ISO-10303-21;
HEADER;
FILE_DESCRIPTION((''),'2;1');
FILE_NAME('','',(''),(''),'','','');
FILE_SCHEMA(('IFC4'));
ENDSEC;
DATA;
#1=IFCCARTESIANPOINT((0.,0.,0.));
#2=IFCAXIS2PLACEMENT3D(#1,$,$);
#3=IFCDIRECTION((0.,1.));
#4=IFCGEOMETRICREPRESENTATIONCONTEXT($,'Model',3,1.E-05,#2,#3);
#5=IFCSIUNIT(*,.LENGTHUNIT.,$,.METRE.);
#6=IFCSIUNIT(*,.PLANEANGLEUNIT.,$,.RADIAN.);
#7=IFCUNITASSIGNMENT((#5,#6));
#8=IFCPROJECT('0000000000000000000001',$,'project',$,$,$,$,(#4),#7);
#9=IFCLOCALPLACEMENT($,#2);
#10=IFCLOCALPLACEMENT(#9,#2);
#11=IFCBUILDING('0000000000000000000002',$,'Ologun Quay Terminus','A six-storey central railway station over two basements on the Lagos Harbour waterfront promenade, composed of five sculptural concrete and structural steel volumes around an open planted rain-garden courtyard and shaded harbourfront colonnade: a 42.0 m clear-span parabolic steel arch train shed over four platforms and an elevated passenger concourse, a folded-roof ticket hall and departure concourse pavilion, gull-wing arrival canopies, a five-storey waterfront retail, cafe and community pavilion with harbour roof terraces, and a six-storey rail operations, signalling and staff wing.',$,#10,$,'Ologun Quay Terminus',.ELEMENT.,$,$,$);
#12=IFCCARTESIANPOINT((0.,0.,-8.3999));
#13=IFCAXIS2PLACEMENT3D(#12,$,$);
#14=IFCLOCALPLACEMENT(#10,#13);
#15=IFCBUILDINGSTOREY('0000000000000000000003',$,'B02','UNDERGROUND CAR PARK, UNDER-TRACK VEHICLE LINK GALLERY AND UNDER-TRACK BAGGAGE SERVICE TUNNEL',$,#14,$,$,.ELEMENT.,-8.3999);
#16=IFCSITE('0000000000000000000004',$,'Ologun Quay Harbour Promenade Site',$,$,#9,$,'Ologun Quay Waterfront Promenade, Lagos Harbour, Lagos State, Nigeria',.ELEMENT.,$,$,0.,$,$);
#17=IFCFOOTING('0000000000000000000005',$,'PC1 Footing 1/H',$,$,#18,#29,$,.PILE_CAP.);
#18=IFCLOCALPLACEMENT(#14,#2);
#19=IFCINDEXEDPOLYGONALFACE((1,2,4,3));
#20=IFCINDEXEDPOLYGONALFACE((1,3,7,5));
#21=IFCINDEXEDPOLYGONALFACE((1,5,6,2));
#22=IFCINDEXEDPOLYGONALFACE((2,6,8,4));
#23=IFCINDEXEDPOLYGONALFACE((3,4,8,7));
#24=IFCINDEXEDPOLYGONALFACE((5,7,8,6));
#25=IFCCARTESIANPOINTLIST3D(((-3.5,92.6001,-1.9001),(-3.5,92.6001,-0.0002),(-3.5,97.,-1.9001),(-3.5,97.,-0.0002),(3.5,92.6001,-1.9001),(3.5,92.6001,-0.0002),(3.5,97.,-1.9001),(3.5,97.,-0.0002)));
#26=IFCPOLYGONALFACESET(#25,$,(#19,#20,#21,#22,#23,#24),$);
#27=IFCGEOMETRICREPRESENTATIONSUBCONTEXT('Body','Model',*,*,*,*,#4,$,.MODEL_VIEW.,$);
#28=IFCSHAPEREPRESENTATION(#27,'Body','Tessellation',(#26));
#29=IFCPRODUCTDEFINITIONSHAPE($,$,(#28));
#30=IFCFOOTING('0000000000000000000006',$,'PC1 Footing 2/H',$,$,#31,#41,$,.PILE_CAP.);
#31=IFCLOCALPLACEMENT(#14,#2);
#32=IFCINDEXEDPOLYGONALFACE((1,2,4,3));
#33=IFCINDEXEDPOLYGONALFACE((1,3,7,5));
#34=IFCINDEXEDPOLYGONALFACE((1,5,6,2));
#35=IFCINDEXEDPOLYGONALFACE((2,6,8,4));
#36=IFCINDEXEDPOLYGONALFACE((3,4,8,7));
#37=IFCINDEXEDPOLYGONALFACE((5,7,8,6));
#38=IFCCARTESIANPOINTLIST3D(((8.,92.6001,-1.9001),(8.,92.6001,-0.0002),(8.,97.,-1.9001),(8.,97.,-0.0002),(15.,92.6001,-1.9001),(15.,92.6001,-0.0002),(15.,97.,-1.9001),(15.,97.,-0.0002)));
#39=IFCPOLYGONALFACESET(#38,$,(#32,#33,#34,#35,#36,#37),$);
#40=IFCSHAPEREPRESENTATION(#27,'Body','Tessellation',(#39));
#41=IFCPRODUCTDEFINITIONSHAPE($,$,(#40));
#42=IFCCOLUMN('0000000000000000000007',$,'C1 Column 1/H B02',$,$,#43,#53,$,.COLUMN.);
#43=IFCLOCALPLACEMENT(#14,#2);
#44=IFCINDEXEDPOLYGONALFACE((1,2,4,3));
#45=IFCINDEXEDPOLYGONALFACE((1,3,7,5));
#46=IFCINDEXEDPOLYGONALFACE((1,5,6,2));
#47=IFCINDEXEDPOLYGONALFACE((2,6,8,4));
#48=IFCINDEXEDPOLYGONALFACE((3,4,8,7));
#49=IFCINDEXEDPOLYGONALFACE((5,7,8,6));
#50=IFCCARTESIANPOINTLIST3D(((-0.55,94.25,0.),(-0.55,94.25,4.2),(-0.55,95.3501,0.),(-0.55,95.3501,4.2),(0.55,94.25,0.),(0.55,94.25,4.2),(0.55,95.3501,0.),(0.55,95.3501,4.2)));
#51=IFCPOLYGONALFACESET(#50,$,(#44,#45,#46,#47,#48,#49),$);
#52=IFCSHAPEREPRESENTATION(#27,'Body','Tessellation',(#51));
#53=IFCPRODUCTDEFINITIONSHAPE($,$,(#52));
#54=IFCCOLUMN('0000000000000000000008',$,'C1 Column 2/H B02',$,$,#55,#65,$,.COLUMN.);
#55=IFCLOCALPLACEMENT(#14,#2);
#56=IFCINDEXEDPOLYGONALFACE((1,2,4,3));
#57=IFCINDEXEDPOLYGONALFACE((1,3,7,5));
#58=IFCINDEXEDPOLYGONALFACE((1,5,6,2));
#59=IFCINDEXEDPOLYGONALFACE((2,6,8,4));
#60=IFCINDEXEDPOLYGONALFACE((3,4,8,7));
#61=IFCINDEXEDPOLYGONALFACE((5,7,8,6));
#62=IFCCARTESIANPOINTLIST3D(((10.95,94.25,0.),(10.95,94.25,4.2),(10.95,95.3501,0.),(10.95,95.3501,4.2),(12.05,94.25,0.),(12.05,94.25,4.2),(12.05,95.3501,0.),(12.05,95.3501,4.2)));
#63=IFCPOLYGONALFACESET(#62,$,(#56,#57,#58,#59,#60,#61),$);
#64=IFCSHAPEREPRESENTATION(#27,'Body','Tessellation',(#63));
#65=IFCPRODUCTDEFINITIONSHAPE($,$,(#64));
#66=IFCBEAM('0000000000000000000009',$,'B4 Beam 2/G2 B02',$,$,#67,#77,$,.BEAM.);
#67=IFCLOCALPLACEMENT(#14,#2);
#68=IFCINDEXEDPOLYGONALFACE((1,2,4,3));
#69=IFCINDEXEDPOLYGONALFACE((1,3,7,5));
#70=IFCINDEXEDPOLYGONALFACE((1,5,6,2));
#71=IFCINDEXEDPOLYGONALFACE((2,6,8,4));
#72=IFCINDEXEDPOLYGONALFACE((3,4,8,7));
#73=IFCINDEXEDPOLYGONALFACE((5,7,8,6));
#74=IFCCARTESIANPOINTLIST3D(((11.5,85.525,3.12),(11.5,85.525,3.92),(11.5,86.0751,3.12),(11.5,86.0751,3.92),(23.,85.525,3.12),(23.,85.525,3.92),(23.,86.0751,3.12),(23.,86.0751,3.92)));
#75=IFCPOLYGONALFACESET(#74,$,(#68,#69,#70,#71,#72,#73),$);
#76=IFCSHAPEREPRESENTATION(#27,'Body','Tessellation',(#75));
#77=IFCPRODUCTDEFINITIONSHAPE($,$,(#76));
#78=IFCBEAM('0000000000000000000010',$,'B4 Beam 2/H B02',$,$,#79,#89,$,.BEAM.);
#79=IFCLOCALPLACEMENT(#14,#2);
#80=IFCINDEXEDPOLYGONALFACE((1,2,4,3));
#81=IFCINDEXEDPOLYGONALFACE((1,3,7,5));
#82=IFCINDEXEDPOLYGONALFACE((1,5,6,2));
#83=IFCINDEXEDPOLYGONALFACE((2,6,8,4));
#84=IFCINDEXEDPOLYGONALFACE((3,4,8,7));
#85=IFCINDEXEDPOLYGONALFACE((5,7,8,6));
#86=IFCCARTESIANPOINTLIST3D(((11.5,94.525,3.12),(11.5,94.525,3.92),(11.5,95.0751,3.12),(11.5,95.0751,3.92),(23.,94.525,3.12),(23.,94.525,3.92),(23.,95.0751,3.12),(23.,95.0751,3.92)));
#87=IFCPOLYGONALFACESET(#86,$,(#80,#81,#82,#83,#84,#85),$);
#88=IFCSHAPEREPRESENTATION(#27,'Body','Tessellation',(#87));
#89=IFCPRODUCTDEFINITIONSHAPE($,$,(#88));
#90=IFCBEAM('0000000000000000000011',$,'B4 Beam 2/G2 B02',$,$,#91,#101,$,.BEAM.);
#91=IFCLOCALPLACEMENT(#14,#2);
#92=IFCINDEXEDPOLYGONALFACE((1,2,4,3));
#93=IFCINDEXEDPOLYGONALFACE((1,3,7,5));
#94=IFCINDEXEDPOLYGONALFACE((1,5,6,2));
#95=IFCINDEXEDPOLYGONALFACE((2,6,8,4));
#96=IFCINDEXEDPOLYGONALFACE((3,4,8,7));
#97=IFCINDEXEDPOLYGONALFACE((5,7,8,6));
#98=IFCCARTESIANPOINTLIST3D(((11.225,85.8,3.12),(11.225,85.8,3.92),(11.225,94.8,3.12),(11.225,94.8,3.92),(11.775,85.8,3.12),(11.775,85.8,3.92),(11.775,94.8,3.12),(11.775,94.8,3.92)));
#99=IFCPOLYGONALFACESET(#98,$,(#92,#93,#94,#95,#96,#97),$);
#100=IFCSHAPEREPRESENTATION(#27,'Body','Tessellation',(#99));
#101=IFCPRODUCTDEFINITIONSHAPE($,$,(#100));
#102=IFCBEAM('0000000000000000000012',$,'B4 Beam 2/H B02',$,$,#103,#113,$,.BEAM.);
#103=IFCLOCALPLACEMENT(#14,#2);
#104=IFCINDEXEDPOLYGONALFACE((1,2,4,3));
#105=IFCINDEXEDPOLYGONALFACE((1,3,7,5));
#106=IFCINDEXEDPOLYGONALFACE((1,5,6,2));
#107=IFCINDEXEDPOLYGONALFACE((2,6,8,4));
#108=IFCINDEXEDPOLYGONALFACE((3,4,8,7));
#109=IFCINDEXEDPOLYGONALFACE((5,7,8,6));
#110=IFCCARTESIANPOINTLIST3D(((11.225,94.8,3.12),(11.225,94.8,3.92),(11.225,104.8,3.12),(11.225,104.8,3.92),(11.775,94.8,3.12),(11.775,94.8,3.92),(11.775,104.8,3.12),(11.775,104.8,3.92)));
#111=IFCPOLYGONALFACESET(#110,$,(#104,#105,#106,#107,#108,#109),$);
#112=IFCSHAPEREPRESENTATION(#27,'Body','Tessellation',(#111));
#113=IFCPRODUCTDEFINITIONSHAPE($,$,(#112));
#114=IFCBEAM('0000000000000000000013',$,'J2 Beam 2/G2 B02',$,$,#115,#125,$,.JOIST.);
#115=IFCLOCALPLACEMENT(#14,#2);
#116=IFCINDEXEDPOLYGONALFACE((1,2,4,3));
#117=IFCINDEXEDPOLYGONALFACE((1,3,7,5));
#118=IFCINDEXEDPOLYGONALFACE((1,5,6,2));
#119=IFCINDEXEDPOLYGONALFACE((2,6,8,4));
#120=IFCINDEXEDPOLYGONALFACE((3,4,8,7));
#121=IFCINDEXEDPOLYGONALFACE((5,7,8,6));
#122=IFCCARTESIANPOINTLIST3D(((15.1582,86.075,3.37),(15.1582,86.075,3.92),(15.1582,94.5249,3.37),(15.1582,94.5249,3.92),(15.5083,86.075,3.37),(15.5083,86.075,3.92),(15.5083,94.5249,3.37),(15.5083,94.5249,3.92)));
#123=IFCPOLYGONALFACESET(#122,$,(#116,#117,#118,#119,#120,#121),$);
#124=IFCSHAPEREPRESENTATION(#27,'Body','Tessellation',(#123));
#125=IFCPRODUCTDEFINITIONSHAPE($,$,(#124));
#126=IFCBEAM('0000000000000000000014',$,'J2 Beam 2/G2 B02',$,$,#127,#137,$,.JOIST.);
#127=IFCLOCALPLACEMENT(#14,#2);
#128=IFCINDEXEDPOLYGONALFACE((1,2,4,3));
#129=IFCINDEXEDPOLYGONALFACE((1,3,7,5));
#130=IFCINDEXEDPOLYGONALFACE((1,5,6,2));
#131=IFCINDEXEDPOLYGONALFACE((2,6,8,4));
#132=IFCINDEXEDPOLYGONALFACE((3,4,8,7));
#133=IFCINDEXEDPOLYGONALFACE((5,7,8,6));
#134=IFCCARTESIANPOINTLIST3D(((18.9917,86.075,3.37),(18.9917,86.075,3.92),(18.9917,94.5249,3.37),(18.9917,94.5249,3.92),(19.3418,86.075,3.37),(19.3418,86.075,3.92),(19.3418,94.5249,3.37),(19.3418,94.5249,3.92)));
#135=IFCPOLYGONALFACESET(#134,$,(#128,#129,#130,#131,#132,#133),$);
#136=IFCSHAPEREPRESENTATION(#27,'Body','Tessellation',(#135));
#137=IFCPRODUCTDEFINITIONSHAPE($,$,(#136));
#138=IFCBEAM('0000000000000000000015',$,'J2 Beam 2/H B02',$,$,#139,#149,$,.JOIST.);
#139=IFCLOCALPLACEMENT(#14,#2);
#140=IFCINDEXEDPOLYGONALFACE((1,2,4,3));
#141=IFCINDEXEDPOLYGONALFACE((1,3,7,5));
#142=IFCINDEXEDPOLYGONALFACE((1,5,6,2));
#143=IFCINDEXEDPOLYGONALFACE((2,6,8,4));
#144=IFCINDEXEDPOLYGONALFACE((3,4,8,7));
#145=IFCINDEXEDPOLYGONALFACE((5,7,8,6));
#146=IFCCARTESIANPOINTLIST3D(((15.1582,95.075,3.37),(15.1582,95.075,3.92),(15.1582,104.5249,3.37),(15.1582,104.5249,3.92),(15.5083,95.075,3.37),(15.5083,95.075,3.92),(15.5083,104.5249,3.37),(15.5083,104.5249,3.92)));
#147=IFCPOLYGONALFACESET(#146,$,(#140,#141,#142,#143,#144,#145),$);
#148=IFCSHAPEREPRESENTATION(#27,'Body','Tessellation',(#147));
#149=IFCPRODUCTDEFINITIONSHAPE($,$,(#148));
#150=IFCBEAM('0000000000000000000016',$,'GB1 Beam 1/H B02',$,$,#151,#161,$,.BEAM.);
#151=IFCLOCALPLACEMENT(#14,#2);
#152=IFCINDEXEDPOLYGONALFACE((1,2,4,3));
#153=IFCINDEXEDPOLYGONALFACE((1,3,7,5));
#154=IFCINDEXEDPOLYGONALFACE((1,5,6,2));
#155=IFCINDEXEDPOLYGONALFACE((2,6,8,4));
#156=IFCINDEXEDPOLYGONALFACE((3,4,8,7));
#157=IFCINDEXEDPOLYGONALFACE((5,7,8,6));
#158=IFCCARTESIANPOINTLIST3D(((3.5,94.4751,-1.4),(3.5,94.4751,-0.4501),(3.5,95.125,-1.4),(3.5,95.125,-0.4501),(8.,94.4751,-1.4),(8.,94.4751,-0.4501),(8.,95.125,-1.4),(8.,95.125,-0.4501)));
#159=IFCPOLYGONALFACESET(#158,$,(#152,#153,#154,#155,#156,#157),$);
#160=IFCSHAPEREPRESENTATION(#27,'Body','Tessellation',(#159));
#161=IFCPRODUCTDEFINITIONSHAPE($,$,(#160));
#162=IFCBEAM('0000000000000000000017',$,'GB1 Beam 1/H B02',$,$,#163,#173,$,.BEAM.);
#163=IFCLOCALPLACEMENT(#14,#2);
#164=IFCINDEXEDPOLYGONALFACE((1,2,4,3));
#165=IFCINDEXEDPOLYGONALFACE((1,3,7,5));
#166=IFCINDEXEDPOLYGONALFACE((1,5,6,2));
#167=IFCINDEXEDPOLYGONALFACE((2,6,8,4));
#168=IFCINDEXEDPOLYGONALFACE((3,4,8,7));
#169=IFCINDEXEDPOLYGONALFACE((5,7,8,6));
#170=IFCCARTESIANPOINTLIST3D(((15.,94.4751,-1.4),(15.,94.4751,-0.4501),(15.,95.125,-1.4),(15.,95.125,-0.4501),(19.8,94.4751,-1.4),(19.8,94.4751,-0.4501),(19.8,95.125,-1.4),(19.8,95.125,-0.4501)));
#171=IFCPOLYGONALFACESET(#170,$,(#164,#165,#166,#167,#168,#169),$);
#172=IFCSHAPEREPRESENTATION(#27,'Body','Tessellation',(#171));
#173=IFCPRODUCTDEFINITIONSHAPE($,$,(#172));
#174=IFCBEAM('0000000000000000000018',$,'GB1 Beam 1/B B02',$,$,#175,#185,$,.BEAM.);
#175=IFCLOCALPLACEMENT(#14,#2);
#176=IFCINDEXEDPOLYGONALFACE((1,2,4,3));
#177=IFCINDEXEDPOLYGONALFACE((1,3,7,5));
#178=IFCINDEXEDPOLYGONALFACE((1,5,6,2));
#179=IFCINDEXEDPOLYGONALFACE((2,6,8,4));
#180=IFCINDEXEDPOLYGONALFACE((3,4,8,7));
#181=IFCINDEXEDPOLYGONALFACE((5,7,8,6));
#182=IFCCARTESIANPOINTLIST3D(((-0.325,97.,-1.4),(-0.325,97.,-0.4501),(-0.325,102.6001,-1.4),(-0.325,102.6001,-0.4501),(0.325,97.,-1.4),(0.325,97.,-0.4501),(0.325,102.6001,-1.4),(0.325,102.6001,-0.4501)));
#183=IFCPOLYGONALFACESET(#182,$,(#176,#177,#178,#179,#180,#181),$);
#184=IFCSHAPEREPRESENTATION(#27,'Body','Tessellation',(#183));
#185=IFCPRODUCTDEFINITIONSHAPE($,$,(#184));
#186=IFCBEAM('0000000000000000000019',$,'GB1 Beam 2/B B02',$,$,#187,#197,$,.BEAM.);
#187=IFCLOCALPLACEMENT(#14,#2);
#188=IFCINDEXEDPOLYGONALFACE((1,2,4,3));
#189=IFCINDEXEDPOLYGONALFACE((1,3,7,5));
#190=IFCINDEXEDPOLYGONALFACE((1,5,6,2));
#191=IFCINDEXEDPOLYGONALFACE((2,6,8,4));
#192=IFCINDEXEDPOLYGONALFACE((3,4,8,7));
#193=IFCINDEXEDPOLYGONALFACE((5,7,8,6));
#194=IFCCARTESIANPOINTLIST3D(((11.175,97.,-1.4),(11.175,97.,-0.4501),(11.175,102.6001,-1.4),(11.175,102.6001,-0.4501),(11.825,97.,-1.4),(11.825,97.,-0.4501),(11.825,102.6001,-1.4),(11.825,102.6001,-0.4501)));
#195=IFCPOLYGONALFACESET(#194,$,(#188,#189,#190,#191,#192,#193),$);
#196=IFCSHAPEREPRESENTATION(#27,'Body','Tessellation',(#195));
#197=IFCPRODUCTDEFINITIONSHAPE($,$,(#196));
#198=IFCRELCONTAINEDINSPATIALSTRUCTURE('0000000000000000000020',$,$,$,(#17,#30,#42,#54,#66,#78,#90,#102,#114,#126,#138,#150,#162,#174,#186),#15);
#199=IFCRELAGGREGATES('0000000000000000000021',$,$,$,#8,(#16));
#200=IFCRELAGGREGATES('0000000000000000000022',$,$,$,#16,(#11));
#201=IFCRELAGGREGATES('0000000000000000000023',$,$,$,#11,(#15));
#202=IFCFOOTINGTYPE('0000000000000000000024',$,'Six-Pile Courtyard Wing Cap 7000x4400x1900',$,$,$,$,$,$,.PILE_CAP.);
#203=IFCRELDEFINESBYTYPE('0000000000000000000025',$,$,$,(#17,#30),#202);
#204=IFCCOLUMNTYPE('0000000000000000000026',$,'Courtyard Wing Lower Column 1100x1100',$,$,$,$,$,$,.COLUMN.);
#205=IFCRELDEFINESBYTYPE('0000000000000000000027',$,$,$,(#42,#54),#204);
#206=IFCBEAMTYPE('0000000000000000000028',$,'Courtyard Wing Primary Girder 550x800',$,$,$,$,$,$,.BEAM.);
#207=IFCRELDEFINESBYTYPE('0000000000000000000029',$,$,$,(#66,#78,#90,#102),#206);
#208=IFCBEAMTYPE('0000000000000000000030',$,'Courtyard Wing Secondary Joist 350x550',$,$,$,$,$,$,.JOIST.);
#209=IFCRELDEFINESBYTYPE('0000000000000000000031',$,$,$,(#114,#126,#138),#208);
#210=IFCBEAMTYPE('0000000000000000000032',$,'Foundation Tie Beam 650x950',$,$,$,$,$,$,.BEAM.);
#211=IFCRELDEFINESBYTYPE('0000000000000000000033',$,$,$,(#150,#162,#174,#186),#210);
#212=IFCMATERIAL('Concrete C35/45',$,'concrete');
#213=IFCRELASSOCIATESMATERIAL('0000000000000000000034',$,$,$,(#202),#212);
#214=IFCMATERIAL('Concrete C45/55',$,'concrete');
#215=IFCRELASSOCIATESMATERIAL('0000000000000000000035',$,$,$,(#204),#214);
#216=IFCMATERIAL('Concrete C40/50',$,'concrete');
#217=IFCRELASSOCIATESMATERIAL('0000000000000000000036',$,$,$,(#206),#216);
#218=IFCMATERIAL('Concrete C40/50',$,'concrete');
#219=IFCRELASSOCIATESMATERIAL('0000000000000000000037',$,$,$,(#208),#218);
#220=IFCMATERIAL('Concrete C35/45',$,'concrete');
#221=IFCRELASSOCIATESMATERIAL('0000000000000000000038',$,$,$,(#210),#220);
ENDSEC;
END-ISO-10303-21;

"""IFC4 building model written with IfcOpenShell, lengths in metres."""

from ifc_helpers import new_model, si_unit, direction, frame, origin, origin_2d, place, context, subcontext, project, spatial, rectangle, extrude, material, material_profile, profile_set, type_object, element, save


model = new_model("IFC4")

# Units and contexts
model_context = context("Model", 3, precision=1e-05, world=origin(), true_north=direction((0.0, 1.0)))
body_context = subcontext(model_context, "Body", "Model", "MODEL_VIEW")
ifc_project = project(units=[si_unit("LENGTHUNIT", "METRE"), si_unit("PLANEANGLEUNIT", "RADIAN")], contexts=[model_context])

# Site, building, storey
site_placement = place(None, origin())
site = spatial("IfcSite", under=ifc_project, at=site_placement, Name="Ologun Quay Harbour Promenade Site", LongName="Ologun Quay Waterfront Promenade, Lagos Harbour, Lagos State, Nigeria", CompositionType="ELEMENT", RefElevation=0.0)
building_placement = place(site_placement, origin())
building = spatial("IfcBuilding", under=site, at=building_placement, Name="Ologun Quay Terminus", Description="A six-storey central railway station over two basements on the Lagos Harbour waterfront promenade, composed of five sculptural concrete and structural steel volumes around an open planted rain-garden courtyard and shaded harbourfront colonnade: a 42.0 m clear-span parabolic steel arch train shed over four platforms and an elevated passenger concourse, a folded-roof ticket hall and departure concourse pavilion, gull-wing arrival canopies, a five-storey waterfront retail, cafe and community pavilion with harbour roof terraces, and a six-storey rail operations, signalling and staff wing.", LongName="Ologun Quay Terminus", CompositionType="ELEMENT")
storey_placement = place(building_placement, frame((0.0, 0.0, -8.3999)))
storey = spatial("IfcBuildingStorey", under=building, at=storey_placement, Name="B02", Description="UNDERGROUND CAR PARK, UNDER-TRACK VEHICLE LINK GALLERY AND UNDER-TRACK BAGGAGE SERVICE TUNNEL", CompositionType="ELEMENT", Elevation=-8.3999)

# Footings
ifc_material_1 = material(Name="Concrete C35/45", Category="concrete")
footing_type = type_object("IfcFootingType", Name="Six-Pile Courtyard Wing Cap 7000x4400x1900", PredefinedType="PILE_CAP", material=ifc_material_1)
for number, where, z_axis, x_axis, name in (
    (1, (0.0, 94.8, -1.9001), (0.0, 0.0, 1.0), (1.0, 0.0, 0.0), "PC1 Footing 1/H"),
    (2, (11.5, 94.8, -1.9001), (0.0, 0.0, 1.0), (1.0, 0.0, 0.0), "PC1 Footing 2/H"),
):
    element("IfcFooting", number, at=place(storey_placement, frame(where, z_axis=z_axis, x_axis=x_axis)), inside=storey, type_object=footing_type, Name=name, PredefinedType="PILE_CAP", context=body_context, shape_type="SweptSolid", body=[
        extrude(rectangle(XDim=7.0, YDim=4.3999, at=origin_2d()), origin(), (0.0, 0.0, 1.0), 1.8999),
    ])

# Columns
ifc_material_2 = material(Name="Concrete C45/55", Category="concrete")
ifc_material_profile_1 = material_profile(ifc_material_2, rectangle(XDim=1.1001, YDim=1.1001, at=origin_2d()), Name="RC 1100x1100")
ifc_profile_set_1 = profile_set([ifc_material_profile_1], Name="Concrete C45/55")
column_type = type_object("IfcColumnType", Name="Courtyard Wing Lower Column 1100x1100", PredefinedType="COLUMN", material=ifc_profile_set_1)
for number, where, z_axis, x_axis, name in (
    (3, (0.0, 94.8, 0.0), (0.0, 0.0, 1.0), (1.0, 0.0, 0.0), "C1 Column 1/H B02"),
    (4, (11.5, 94.8, 0.0), (0.0, 0.0, 1.0), (1.0, 0.0, 0.0), "C1 Column 2/H B02"),
):
    element("IfcColumn", number, at=place(storey_placement, frame(where, z_axis=z_axis, x_axis=x_axis)), inside=storey, type_object=column_type, Name=name, PredefinedType="COLUMN", context=body_context, shape_type="SweptSolid", body=[
        extrude(rectangle(XDim=1.1001, YDim=1.1001, at=origin_2d()), origin(), (0.0, 0.0, 1.0), 4.2),
    ])

# Beams
ifc_material_3 = material(Name="Concrete C40/50", Category="concrete")
ifc_material_profile_2 = material_profile(ifc_material_3, rectangle(XDim=0.55, YDim=0.8, at=origin_2d()), Name="RC 550x800")
ifc_profile_set_2 = profile_set([ifc_material_profile_2], Name="Concrete C40/50")
beam_type_1 = type_object("IfcBeamType", Name="Courtyard Wing Primary Girder 550x800", PredefinedType="BEAM", material=ifc_profile_set_2)
for number, where, z_axis, x_axis, name in (
    (5, (11.5, 85.8, 3.52), (1.0, 0.0, 0.0), (0.0, 1.0, 0.0), "B4 Beam 2/G2 B02"),
    (6, (11.5, 94.8, 3.52), (1.0, 0.0, 0.0), (0.0, 1.0, 0.0), "B4 Beam 2/H B02"),
):
    element("IfcBeam", number, at=place(storey_placement, frame(where, z_axis=z_axis, x_axis=x_axis)), inside=storey, type_object=beam_type_1, Name=name, PredefinedType="BEAM", context=body_context, shape_type="SweptSolid", body=[
        extrude(rectangle(XDim=0.55, YDim=0.8, at=origin_2d()), origin(), (0.0, 0.0, 1.0), 11.5),
    ])
beam_1_placement = place(storey_placement, frame((11.5, 85.8, 3.52), z_axis=(0.0, 1.0, 0.0), x_axis=(-1.0, 0.0, 0.0)))
element("IfcBeam", 7, at=beam_1_placement, inside=storey, type_object=beam_type_1, Name="B4 Beam 2/G2 B02", PredefinedType="BEAM", context=body_context, shape_type="SweptSolid", body=[
    extrude(rectangle(XDim=0.55, YDim=0.8, at=origin_2d()), origin(), (0.0, 0.0, 1.0), 9.0),
])
beam_2_placement = place(storey_placement, frame((11.5, 94.8, 3.52), z_axis=(0.0, 1.0, 0.0), x_axis=(-1.0, 0.0, 0.0)))
element("IfcBeam", 8, at=beam_2_placement, inside=storey, type_object=beam_type_1, Name="B4 Beam 2/H B02", PredefinedType="BEAM", context=body_context, shape_type="SweptSolid", body=[
    extrude(rectangle(XDim=0.55, YDim=0.8, at=origin_2d()), origin(), (0.0, 0.0, 1.0), 10.0),
])
ifc_material_4 = material(Name="Concrete C40/50", Category="concrete")
ifc_material_profile_3 = material_profile(ifc_material_4, rectangle(XDim=0.3501, YDim=0.55, at=origin_2d()), Name="RC 350x550")
ifc_profile_set_3 = profile_set([ifc_material_profile_3], Name="Concrete C40/50")
beam_type_2 = type_object("IfcBeamType", Name="Courtyard Wing Secondary Joist 350x550", PredefinedType="JOIST", material=ifc_profile_set_3)
for number, where, z_axis, x_axis, name in (
    (9, (15.3333, 86.075, 3.645), (0.0, 1.0, 0.0), (-1.0, 0.0, 0.0), "J2 Beam 2/G2 B02"),
    (10, (19.1667, 86.075, 3.645), (0.0, 1.0, 0.0), (-1.0, 0.0, 0.0), "J2 Beam 2/G2 B02"),
):
    element("IfcBeam", number, at=place(storey_placement, frame(where, z_axis=z_axis, x_axis=x_axis)), inside=storey, type_object=beam_type_2, Name=name, PredefinedType="JOIST", context=body_context, shape_type="SweptSolid", body=[
        extrude(rectangle(XDim=0.3501, YDim=0.55, at=origin_2d()), origin(), (0.0, 0.0, 1.0), 8.45),
    ])
beam_3_placement = place(storey_placement, frame((15.3333, 95.075, 3.645), z_axis=(0.0, 1.0, 0.0), x_axis=(-1.0, 0.0, 0.0)))
element("IfcBeam", 11, at=beam_3_placement, inside=storey, type_object=beam_type_2, Name="J2 Beam 2/H B02", PredefinedType="JOIST", context=body_context, shape_type="SweptSolid", body=[
    extrude(rectangle(XDim=0.3501, YDim=0.55, at=origin_2d()), origin(), (0.0, 0.0, 1.0), 9.45),
])
ifc_material_5 = material(Name="Concrete C35/45", Category="concrete")
ifc_material_profile_4 = material_profile(ifc_material_5, rectangle(XDim=0.6499, YDim=0.95, at=origin_2d()), Name="RC 650x950")
ifc_profile_set_4 = profile_set([ifc_material_profile_4], Name="Concrete C35/45")
beam_type_3 = type_object("IfcBeamType", Name="Foundation Tie Beam 650x950", PredefinedType="BEAM", material=ifc_profile_set_4)
beam_4_placement = place(storey_placement, frame((3.5, 94.8, -0.925), z_axis=(1.0, 0.0, 0.0), x_axis=(0.0, 1.0, 0.0)))
element("IfcBeam", 12, at=beam_4_placement, inside=storey, type_object=beam_type_3, Name="GB1 Beam 1/H B02", PredefinedType="BEAM", context=body_context, shape_type="SweptSolid", body=[
    extrude(rectangle(XDim=0.6499, YDim=0.95, at=origin_2d()), origin(), (0.0, 0.0, 1.0), 4.5),
])
beam_5_placement = place(storey_placement, frame((15.0, 94.8, -0.925), z_axis=(1.0, 0.0, 0.0), x_axis=(0.0, 1.0, 0.0)))
element("IfcBeam", 13, at=beam_5_placement, inside=storey, type_object=beam_type_3, Name="GB1 Beam 1/H B02", PredefinedType="BEAM", context=body_context, shape_type="SweptSolid", body=[
    extrude(rectangle(XDim=0.6499, YDim=0.95, at=origin_2d()), origin(), (0.0, 0.0, 1.0), 4.8),
])
for number, where, z_axis, x_axis, name in (
    (14, (0.0, 97.0, -0.925), (0.0, 1.0, 0.0), (-1.0, 0.0, 0.0), "GB1 Beam 1/B B02"),
    (15, (11.5, 97.0, -0.925), (0.0, 1.0, 0.0), (-1.0, 0.0, 0.0), "GB1 Beam 2/B B02"),
):
    element("IfcBeam", number, at=place(storey_placement, frame(where, z_axis=z_axis, x_axis=x_axis)), inside=storey, type_object=beam_type_3, Name=name, PredefinedType="BEAM", context=body_context, shape_type="SweptSolid", body=[
        extrude(rectangle(XDim=0.6499, YDim=0.95, at=origin_2d()), origin(), (0.0, 0.0, 1.0), 5.6001),
    ])

save(model, "model.ifc")
